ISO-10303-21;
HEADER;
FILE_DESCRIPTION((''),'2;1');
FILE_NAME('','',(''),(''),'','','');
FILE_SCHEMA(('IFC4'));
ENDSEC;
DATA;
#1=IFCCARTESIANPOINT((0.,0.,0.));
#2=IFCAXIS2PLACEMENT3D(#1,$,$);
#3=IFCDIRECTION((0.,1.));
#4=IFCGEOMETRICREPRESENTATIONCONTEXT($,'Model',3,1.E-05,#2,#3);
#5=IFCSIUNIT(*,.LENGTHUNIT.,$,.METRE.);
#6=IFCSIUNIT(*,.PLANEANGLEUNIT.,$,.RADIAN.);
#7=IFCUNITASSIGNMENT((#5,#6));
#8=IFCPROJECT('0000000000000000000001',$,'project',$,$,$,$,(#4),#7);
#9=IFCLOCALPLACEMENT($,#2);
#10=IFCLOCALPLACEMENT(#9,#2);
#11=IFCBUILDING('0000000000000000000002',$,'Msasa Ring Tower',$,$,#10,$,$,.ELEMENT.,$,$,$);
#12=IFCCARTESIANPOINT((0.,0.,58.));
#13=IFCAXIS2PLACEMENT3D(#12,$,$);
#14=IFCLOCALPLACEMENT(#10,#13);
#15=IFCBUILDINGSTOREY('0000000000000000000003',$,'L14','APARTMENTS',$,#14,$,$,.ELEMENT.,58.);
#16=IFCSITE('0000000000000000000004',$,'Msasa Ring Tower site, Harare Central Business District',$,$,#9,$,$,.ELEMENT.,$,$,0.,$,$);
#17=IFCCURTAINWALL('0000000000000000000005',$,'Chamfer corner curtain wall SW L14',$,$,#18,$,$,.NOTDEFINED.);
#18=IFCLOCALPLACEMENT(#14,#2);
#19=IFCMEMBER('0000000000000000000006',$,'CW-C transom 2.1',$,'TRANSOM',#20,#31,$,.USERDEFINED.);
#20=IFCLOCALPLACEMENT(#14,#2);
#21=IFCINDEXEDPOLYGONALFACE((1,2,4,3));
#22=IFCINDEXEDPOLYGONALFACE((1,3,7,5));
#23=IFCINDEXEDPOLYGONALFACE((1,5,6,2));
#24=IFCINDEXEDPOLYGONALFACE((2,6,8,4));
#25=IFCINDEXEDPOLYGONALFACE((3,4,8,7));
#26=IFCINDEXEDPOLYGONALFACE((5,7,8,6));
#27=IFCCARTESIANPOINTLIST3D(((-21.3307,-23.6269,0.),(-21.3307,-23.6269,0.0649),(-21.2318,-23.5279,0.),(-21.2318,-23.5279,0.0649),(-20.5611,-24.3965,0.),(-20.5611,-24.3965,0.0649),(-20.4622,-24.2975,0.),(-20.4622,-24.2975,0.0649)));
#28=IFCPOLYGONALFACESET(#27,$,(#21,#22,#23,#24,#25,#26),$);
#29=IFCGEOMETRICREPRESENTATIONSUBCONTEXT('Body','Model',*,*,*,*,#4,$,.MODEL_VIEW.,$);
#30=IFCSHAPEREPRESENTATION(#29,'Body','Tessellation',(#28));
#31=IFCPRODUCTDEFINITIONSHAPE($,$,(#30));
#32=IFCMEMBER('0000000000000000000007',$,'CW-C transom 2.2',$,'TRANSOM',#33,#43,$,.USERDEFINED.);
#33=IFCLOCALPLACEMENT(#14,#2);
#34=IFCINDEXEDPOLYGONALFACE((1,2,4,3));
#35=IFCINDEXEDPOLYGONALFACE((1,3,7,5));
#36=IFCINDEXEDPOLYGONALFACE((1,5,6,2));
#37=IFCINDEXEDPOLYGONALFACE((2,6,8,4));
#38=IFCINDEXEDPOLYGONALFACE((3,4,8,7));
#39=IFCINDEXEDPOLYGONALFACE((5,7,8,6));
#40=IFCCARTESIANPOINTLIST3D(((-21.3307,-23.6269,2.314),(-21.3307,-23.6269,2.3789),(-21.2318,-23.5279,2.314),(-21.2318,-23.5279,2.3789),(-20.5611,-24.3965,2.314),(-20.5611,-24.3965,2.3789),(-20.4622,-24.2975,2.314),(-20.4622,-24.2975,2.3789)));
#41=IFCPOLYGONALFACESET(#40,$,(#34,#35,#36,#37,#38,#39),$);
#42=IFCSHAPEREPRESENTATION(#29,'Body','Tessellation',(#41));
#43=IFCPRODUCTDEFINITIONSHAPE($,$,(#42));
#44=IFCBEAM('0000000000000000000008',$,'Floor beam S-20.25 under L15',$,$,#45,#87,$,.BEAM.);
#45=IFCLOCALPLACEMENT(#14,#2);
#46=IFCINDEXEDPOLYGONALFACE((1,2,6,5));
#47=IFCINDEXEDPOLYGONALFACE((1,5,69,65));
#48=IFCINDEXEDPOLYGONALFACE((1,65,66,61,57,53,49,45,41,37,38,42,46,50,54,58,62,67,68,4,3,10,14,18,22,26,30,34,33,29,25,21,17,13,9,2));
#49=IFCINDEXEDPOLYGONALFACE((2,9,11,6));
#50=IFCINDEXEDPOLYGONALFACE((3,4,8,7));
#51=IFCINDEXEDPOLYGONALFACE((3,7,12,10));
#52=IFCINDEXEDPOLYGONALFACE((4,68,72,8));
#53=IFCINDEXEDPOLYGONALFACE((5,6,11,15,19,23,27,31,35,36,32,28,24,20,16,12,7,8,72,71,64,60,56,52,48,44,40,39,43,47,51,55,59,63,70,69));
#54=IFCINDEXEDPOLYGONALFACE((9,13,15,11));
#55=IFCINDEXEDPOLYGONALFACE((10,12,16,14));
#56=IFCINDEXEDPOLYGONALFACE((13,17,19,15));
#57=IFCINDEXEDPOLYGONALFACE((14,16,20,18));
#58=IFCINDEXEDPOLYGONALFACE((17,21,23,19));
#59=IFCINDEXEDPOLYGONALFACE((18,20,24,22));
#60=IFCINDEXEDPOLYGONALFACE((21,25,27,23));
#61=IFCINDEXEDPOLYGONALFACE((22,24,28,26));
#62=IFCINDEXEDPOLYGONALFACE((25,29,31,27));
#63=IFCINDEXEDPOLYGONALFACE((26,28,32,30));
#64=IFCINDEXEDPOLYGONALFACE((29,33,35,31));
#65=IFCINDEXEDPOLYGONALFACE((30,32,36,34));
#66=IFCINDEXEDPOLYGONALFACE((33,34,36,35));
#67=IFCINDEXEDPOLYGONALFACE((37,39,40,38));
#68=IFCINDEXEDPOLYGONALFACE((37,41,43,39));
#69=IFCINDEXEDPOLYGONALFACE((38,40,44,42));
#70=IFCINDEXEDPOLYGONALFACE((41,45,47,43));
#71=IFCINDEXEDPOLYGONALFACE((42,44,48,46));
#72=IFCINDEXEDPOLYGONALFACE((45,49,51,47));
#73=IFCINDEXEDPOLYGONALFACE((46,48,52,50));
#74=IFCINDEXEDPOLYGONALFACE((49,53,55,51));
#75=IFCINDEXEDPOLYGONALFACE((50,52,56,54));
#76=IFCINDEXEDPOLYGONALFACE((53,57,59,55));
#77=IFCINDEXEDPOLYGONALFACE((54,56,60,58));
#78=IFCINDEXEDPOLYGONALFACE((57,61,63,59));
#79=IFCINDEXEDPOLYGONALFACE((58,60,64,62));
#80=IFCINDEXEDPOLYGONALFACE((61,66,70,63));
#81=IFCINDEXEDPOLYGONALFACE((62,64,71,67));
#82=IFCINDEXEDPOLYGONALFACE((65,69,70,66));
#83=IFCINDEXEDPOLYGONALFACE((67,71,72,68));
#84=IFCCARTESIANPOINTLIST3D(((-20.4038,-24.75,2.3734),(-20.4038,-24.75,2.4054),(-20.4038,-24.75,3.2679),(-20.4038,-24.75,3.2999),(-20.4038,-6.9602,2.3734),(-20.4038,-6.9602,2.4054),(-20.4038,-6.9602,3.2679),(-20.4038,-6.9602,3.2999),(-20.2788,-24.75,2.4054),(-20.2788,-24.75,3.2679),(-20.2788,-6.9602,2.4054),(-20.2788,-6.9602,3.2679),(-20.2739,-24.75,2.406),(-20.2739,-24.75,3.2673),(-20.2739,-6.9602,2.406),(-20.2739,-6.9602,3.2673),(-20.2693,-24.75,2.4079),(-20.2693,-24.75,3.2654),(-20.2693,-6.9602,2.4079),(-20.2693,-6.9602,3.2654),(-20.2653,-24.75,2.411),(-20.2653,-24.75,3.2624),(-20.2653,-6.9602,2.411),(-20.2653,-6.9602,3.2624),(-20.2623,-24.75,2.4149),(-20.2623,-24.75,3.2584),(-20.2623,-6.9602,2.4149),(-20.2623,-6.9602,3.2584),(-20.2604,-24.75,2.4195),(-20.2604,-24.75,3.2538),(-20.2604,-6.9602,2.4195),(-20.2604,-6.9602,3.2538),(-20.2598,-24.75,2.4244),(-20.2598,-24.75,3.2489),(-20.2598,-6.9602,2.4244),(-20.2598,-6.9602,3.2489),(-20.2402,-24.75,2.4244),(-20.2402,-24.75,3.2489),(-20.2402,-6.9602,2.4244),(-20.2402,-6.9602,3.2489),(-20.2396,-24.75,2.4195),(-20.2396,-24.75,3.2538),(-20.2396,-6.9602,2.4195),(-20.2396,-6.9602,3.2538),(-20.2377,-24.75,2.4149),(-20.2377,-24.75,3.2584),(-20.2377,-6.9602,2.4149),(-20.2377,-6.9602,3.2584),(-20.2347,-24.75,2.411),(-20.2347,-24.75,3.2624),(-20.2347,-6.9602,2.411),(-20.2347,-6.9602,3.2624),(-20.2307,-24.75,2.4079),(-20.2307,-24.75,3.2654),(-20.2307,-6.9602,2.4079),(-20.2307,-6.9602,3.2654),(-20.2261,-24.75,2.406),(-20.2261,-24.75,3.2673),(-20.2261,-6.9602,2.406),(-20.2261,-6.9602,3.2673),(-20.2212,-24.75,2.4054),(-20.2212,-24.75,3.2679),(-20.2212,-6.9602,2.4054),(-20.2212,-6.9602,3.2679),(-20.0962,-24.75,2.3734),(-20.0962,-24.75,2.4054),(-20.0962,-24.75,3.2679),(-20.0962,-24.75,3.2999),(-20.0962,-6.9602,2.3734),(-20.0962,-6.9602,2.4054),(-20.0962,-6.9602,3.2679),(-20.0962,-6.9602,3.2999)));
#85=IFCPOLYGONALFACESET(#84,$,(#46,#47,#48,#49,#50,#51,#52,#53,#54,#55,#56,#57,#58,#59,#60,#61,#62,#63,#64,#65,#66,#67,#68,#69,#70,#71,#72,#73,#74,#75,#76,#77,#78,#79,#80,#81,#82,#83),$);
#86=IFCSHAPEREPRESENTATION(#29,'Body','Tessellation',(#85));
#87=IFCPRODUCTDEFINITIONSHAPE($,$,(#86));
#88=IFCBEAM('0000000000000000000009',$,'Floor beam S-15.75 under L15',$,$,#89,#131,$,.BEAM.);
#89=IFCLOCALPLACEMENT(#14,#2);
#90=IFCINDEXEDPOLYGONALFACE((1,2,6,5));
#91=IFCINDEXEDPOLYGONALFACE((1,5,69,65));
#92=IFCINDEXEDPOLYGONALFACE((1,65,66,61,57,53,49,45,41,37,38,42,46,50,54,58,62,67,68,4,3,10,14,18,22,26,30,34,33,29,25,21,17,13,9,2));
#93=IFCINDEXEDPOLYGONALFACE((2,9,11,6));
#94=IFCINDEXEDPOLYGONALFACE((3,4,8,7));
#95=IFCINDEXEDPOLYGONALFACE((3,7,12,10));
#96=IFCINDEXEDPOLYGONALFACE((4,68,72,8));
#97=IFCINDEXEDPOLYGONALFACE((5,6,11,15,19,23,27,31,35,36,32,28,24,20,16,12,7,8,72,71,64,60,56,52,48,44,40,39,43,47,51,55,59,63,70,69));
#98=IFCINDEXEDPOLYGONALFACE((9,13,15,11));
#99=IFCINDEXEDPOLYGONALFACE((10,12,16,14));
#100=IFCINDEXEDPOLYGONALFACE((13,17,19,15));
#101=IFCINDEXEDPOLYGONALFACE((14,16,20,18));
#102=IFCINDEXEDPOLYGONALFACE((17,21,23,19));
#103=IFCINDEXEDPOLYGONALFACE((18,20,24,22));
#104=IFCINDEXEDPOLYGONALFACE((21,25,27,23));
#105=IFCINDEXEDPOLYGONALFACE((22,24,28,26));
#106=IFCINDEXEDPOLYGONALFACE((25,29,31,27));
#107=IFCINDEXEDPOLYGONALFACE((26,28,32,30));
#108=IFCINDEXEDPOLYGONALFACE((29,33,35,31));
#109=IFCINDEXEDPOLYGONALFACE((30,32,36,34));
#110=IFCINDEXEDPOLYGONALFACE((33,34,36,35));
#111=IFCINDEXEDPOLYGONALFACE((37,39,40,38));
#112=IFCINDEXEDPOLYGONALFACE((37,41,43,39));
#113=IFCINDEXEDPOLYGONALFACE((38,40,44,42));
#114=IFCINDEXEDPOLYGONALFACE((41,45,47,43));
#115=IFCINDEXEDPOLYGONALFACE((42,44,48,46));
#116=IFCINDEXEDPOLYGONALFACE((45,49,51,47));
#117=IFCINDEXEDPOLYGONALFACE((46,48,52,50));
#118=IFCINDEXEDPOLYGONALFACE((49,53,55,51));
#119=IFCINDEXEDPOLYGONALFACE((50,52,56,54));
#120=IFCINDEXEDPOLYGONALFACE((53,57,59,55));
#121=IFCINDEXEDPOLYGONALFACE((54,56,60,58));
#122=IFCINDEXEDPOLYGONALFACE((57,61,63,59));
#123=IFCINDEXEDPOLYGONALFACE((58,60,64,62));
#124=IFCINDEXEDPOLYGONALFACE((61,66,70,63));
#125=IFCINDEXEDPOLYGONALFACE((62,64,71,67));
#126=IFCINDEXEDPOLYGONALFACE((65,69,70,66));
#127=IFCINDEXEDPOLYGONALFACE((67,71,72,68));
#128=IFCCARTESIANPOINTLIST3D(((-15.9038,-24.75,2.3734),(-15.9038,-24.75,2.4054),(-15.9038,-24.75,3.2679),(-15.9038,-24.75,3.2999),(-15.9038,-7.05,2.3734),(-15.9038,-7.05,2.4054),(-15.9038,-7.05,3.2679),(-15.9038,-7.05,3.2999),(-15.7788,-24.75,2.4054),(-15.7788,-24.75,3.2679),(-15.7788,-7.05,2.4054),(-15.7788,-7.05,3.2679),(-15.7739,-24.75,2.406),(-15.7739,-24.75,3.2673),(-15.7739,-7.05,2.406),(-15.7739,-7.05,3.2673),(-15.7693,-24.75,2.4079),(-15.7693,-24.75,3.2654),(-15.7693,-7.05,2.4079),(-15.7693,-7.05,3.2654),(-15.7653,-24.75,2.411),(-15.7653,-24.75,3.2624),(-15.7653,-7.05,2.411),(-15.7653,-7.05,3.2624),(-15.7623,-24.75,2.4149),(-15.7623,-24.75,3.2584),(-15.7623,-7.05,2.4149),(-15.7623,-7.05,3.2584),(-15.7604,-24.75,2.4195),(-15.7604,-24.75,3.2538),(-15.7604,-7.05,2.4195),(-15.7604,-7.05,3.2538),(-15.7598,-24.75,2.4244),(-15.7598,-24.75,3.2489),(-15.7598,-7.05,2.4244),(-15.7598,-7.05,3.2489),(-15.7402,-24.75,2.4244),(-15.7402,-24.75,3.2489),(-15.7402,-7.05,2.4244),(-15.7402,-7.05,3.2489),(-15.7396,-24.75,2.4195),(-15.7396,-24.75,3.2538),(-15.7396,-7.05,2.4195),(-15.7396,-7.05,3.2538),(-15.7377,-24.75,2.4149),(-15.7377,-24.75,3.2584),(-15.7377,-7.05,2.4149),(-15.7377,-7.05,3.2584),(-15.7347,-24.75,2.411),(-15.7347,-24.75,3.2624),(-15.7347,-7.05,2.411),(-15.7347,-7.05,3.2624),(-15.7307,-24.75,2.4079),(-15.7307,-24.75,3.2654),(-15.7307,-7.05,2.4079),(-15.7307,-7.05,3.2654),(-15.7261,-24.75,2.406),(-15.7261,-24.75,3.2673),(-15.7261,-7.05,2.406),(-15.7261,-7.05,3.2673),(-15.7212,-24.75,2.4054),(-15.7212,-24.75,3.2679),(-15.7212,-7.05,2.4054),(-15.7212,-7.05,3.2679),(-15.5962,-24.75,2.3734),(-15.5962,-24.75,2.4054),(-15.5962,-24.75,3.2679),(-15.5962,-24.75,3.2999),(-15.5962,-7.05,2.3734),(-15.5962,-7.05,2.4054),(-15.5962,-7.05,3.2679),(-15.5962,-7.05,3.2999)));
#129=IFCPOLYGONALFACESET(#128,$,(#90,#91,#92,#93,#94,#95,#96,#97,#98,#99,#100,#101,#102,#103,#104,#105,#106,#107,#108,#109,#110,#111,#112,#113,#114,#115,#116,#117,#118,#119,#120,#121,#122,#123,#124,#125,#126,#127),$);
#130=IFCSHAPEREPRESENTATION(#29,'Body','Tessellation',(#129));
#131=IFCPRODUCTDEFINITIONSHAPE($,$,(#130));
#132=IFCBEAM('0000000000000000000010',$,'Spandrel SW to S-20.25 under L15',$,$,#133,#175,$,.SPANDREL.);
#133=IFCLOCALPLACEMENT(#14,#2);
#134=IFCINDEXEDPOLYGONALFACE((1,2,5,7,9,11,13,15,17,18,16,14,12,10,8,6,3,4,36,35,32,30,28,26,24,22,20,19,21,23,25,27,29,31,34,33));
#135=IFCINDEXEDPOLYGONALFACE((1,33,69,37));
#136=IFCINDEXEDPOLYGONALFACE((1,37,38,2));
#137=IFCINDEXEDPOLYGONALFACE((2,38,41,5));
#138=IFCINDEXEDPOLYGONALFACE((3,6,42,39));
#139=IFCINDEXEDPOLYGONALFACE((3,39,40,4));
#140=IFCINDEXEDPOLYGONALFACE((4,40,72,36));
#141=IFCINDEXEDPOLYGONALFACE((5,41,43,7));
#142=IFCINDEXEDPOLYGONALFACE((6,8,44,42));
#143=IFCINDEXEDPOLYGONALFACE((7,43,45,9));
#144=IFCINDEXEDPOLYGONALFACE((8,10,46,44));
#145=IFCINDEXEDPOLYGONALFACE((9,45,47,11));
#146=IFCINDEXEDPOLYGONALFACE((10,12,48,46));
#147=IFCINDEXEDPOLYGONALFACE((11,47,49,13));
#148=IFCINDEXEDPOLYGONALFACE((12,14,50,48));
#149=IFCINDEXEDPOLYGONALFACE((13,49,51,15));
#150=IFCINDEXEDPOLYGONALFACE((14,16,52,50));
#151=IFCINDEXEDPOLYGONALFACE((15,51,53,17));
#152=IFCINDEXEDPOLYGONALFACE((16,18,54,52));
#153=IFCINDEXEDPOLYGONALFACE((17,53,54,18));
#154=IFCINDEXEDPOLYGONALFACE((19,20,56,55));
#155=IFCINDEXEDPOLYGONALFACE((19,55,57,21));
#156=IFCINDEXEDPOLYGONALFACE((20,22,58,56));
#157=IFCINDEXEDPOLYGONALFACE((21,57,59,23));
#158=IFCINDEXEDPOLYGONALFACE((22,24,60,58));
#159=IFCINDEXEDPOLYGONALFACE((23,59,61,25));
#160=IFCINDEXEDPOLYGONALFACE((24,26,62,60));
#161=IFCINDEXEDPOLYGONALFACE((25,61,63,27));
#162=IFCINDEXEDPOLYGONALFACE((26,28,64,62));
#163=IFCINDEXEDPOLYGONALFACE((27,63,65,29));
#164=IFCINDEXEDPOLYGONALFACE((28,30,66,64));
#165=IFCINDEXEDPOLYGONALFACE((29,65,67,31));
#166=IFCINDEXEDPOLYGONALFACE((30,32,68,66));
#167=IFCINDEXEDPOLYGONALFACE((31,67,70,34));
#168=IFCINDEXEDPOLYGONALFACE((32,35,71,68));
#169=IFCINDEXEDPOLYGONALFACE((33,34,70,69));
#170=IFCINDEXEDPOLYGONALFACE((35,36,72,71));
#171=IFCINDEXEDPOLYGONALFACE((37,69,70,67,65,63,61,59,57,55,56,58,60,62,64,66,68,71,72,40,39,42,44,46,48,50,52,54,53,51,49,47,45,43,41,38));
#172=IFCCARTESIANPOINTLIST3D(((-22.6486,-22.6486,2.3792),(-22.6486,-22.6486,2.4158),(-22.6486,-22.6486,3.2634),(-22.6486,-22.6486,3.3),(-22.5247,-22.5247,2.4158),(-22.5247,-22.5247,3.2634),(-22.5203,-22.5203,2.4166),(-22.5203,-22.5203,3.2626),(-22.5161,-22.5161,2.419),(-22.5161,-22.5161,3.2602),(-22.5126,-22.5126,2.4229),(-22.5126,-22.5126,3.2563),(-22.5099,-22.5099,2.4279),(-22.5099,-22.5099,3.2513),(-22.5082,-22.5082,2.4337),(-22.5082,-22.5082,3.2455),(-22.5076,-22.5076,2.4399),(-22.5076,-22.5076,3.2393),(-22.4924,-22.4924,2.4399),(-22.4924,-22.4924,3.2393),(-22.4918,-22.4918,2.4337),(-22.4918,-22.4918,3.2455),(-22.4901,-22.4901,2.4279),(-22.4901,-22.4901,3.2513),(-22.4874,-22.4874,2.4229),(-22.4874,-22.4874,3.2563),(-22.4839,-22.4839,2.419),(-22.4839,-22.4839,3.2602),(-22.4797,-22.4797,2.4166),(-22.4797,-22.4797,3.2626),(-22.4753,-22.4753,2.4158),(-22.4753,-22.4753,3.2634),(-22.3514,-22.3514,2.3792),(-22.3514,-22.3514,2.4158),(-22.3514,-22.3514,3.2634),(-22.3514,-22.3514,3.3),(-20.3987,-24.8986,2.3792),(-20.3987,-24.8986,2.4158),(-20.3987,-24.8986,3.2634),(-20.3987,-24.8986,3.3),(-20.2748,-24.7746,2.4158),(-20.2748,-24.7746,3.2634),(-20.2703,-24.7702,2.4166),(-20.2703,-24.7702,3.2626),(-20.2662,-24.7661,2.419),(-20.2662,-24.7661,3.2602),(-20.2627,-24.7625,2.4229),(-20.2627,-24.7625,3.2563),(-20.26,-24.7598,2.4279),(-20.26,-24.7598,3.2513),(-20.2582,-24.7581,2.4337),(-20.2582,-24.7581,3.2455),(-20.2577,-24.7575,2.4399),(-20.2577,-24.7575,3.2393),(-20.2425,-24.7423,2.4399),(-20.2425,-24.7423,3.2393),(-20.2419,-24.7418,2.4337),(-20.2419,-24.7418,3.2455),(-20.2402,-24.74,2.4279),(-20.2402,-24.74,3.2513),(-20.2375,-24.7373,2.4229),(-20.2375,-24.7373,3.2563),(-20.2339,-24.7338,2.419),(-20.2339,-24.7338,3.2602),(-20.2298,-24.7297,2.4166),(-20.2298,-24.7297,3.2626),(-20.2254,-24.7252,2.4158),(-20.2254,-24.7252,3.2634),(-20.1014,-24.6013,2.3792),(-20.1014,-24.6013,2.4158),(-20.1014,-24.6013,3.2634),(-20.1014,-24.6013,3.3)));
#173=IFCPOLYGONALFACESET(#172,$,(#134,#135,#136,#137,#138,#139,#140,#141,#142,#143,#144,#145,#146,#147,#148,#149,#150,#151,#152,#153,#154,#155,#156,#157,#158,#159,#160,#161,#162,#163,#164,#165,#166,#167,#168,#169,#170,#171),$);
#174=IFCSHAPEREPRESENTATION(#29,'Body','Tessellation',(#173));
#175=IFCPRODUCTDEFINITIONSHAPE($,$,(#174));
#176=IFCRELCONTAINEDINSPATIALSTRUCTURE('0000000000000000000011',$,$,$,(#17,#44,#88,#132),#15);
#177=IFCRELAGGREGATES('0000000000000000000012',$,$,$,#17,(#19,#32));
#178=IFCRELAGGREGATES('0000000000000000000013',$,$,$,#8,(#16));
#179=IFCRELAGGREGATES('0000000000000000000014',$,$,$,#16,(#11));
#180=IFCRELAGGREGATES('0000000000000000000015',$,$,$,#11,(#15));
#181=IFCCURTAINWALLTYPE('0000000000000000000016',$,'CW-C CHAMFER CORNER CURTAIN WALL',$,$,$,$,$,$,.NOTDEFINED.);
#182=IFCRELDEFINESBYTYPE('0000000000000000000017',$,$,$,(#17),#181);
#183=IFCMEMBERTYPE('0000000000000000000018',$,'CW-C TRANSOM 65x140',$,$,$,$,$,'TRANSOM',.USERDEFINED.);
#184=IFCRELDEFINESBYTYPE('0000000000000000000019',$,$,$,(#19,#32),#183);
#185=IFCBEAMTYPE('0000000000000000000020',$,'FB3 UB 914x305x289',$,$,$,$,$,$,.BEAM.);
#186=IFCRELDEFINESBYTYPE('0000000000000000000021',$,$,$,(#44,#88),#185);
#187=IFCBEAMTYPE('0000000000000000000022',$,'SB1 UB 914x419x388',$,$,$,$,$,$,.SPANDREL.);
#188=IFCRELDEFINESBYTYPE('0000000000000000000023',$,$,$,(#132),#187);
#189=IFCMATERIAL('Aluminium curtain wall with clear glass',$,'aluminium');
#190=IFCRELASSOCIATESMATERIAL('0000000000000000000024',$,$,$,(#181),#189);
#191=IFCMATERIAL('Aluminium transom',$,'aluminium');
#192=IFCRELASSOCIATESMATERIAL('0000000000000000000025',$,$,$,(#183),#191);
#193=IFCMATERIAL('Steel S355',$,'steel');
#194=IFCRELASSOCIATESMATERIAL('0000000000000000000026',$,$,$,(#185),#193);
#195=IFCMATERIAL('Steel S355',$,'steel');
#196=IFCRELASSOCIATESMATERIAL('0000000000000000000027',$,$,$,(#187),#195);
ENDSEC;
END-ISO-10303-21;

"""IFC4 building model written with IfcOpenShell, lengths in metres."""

from ifc_helpers import new_model, si_unit, direction, frame, origin, origin_2d, place, context, subcontext, project, spatial, rectangle, i_section, extrude, material, material_profile, profile_set, type_object, element, aggregate, save


model = new_model("IFC4")

# Units and contexts
model_context = context("Model", 3, precision=1e-05, world=origin(), true_north=direction((0.0, 1.0)))
body_context = subcontext(model_context, "Body", "Model", "MODEL_VIEW")
ifc_project = project(units=[si_unit("LENGTHUNIT", "METRE"), si_unit("PLANEANGLEUNIT", "RADIAN")], contexts=[model_context])

# Site, building, storey
site_placement = place(None, origin())
site = spatial("IfcSite", under=ifc_project, at=site_placement, Name="Msasa Ring Tower site, Harare Central Business District", CompositionType="ELEMENT", RefElevation=0.0)
building_placement = place(site_placement, origin())
building = spatial("IfcBuilding", under=site, at=building_placement, Name="Msasa Ring Tower", CompositionType="ELEMENT")
storey_placement = place(building_placement, frame((0.0, 0.0, 58.0)))
storey = spatial("IfcBuildingStorey", under=building, at=storey_placement, Name="L14", Description="APARTMENTS", CompositionType="ELEMENT", Elevation=58.0)

# Curtain wall
ifc_material_1 = material(Name="Aluminium curtain wall with clear glass", Category="aluminium")
curtain_wall_type = type_object("IfcCurtainWallType", Name="CW-C CHAMFER CORNER CURTAIN WALL", PredefinedType="NOTDEFINED", material=ifc_material_1)
curtain_wall_1_placement = place(storey_placement, origin())
curtain_wall_1 = element("IfcCurtainWall", 1, at=curtain_wall_1_placement, inside=storey, type_object=curtain_wall_type, Name="Chamfer corner curtain wall SW L14", PredefinedType="NOTDEFINED")

# Members
ifc_material_2 = material(Name="Aluminium transom", Category="aluminium")
ifc_material_profile_1 = material_profile(ifc_material_2, rectangle(XDim=0.1399, YDim=0.0649, at=origin_2d()), Name="AL 65x140")
ifc_profile_set_1 = profile_set([ifc_material_profile_1], Name="Aluminium transom")
member_type_1 = type_object("IfcMemberType", Name="CW-C TRANSOM 65x140", ElementType="TRANSOM", PredefinedType="USERDEFINED", material=ifc_profile_set_1)
member_1_placement = place(storey_placement, frame((-21.2812, -23.5774, 0.0325), z_axis=(0.707107, -0.707107, 0.0), x_axis=(0.707107, 0.707107, 0.0)))
member_1 = element("IfcMember", 2, at=member_1_placement, type_object=member_type_1, Name="CW-C transom 2.1", ObjectType="TRANSOM", PredefinedType="USERDEFINED", context=body_context, shape_type="SweptSolid", body=[
    extrude(rectangle(XDim=0.1399, YDim=0.0649, at=origin_2d()), origin(), (0.0, 0.0, 1.0), 1.0884),
])
member_2_placement = place(storey_placement, frame((-21.2812, -23.5774, 2.3464), z_axis=(0.707107, -0.707107, 0.0), x_axis=(0.707107, 0.707107, 0.0)))
member_2 = element("IfcMember", 3, at=member_2_placement, type_object=member_type_1, Name="CW-C transom 2.2", ObjectType="TRANSOM", PredefinedType="USERDEFINED", context=body_context, shape_type="SweptSolid", body=[
    extrude(rectangle(XDim=0.1399, YDim=0.0649, at=origin_2d()), origin(), (0.0, 0.0, 1.0), 1.0884),
])

# Beams
ifc_material_3 = material(Name="Steel S355", Category="steel")
ifc_material_profile_2 = material_profile(ifc_material_3, i_section(OverallWidth=0.3076, OverallDepth=0.9265, WebThickness=0.0195, FlangeThickness=0.032, FilletRadius=0.019, at=origin_2d()), Name="UB 914x305x289")
ifc_profile_set_2 = profile_set([ifc_material_profile_2], Name="Steel S355")
beam_type_1 = type_object("IfcBeamType", Name="FB3 UB 914x305x289", PredefinedType="BEAM", material=ifc_profile_set_2)
beam_1_placement = place(storey_placement, frame((-20.25, -24.75, 2.8367), z_axis=(0.0, 1.0, 0.0), x_axis=(-1.0, 0.0, 0.0)))
element("IfcBeam", 4, at=beam_1_placement, inside=storey, type_object=beam_type_1, Name="Floor beam S-20.25 under L15", PredefinedType="BEAM", context=body_context, shape_type="SweptSolid", body=[
    extrude(i_section(OverallWidth=0.3076, OverallDepth=0.9265, WebThickness=0.0195, FlangeThickness=0.032, FilletRadius=0.019, at=origin_2d()), origin(), (0.0, 0.0, 1.0), 17.7898),
])
beam_2_placement = place(storey_placement, frame((-15.75, -24.75, 2.8367), z_axis=(0.0, 1.0, 0.0), x_axis=(-1.0, 0.0, 0.0)))
element("IfcBeam", 5, at=beam_2_placement, inside=storey, type_object=beam_type_1, Name="Floor beam S-15.75 under L15", PredefinedType="BEAM", context=body_context, shape_type="SweptSolid", body=[
    extrude(i_section(OverallWidth=0.3076, OverallDepth=0.9265, WebThickness=0.0195, FlangeThickness=0.032, FilletRadius=0.019, at=origin_2d()), origin(), (0.0, 0.0, 1.0), 17.7),
])
ifc_material_4 = material(Name="Steel S355", Category="steel")
ifc_material_profile_3 = material_profile(ifc_material_4, i_section(OverallWidth=0.4204, OverallDepth=0.9209, WebThickness=0.0215, FlangeThickness=0.0366, FilletRadius=0.0242, at=origin_2d()), Name="UB 914x419x388")
ifc_profile_set_3 = profile_set([ifc_material_profile_3], Name="Steel S355")
beam_type_2 = type_object("IfcBeamType", Name="SB1 UB 914x419x388", PredefinedType="SPANDREL", material=ifc_profile_set_3)
beam_3_placement = place(storey_placement, frame((-22.5, -22.5, 2.8396), z_axis=(0.707107, -0.707107, 0.0), x_axis=(0.707107, 0.707107, 0.0)))
element("IfcBeam", 6, at=beam_3_placement, inside=storey, type_object=beam_type_2, Name="Spandrel SW to S-20.25 under L15", PredefinedType="SPANDREL", context=body_context, shape_type="SweptSolid", body=[
    extrude(i_section(OverallWidth=0.4204, OverallDepth=0.9209, WebThickness=0.0215, FlangeThickness=0.0366, FilletRadius=0.0242, at=origin_2d()), origin(), (0.0, 0.0, 1.0), 3.1819),
])

aggregate(curtain_wall_1, [member_1, member_2])

save(model, "model.ifc")
